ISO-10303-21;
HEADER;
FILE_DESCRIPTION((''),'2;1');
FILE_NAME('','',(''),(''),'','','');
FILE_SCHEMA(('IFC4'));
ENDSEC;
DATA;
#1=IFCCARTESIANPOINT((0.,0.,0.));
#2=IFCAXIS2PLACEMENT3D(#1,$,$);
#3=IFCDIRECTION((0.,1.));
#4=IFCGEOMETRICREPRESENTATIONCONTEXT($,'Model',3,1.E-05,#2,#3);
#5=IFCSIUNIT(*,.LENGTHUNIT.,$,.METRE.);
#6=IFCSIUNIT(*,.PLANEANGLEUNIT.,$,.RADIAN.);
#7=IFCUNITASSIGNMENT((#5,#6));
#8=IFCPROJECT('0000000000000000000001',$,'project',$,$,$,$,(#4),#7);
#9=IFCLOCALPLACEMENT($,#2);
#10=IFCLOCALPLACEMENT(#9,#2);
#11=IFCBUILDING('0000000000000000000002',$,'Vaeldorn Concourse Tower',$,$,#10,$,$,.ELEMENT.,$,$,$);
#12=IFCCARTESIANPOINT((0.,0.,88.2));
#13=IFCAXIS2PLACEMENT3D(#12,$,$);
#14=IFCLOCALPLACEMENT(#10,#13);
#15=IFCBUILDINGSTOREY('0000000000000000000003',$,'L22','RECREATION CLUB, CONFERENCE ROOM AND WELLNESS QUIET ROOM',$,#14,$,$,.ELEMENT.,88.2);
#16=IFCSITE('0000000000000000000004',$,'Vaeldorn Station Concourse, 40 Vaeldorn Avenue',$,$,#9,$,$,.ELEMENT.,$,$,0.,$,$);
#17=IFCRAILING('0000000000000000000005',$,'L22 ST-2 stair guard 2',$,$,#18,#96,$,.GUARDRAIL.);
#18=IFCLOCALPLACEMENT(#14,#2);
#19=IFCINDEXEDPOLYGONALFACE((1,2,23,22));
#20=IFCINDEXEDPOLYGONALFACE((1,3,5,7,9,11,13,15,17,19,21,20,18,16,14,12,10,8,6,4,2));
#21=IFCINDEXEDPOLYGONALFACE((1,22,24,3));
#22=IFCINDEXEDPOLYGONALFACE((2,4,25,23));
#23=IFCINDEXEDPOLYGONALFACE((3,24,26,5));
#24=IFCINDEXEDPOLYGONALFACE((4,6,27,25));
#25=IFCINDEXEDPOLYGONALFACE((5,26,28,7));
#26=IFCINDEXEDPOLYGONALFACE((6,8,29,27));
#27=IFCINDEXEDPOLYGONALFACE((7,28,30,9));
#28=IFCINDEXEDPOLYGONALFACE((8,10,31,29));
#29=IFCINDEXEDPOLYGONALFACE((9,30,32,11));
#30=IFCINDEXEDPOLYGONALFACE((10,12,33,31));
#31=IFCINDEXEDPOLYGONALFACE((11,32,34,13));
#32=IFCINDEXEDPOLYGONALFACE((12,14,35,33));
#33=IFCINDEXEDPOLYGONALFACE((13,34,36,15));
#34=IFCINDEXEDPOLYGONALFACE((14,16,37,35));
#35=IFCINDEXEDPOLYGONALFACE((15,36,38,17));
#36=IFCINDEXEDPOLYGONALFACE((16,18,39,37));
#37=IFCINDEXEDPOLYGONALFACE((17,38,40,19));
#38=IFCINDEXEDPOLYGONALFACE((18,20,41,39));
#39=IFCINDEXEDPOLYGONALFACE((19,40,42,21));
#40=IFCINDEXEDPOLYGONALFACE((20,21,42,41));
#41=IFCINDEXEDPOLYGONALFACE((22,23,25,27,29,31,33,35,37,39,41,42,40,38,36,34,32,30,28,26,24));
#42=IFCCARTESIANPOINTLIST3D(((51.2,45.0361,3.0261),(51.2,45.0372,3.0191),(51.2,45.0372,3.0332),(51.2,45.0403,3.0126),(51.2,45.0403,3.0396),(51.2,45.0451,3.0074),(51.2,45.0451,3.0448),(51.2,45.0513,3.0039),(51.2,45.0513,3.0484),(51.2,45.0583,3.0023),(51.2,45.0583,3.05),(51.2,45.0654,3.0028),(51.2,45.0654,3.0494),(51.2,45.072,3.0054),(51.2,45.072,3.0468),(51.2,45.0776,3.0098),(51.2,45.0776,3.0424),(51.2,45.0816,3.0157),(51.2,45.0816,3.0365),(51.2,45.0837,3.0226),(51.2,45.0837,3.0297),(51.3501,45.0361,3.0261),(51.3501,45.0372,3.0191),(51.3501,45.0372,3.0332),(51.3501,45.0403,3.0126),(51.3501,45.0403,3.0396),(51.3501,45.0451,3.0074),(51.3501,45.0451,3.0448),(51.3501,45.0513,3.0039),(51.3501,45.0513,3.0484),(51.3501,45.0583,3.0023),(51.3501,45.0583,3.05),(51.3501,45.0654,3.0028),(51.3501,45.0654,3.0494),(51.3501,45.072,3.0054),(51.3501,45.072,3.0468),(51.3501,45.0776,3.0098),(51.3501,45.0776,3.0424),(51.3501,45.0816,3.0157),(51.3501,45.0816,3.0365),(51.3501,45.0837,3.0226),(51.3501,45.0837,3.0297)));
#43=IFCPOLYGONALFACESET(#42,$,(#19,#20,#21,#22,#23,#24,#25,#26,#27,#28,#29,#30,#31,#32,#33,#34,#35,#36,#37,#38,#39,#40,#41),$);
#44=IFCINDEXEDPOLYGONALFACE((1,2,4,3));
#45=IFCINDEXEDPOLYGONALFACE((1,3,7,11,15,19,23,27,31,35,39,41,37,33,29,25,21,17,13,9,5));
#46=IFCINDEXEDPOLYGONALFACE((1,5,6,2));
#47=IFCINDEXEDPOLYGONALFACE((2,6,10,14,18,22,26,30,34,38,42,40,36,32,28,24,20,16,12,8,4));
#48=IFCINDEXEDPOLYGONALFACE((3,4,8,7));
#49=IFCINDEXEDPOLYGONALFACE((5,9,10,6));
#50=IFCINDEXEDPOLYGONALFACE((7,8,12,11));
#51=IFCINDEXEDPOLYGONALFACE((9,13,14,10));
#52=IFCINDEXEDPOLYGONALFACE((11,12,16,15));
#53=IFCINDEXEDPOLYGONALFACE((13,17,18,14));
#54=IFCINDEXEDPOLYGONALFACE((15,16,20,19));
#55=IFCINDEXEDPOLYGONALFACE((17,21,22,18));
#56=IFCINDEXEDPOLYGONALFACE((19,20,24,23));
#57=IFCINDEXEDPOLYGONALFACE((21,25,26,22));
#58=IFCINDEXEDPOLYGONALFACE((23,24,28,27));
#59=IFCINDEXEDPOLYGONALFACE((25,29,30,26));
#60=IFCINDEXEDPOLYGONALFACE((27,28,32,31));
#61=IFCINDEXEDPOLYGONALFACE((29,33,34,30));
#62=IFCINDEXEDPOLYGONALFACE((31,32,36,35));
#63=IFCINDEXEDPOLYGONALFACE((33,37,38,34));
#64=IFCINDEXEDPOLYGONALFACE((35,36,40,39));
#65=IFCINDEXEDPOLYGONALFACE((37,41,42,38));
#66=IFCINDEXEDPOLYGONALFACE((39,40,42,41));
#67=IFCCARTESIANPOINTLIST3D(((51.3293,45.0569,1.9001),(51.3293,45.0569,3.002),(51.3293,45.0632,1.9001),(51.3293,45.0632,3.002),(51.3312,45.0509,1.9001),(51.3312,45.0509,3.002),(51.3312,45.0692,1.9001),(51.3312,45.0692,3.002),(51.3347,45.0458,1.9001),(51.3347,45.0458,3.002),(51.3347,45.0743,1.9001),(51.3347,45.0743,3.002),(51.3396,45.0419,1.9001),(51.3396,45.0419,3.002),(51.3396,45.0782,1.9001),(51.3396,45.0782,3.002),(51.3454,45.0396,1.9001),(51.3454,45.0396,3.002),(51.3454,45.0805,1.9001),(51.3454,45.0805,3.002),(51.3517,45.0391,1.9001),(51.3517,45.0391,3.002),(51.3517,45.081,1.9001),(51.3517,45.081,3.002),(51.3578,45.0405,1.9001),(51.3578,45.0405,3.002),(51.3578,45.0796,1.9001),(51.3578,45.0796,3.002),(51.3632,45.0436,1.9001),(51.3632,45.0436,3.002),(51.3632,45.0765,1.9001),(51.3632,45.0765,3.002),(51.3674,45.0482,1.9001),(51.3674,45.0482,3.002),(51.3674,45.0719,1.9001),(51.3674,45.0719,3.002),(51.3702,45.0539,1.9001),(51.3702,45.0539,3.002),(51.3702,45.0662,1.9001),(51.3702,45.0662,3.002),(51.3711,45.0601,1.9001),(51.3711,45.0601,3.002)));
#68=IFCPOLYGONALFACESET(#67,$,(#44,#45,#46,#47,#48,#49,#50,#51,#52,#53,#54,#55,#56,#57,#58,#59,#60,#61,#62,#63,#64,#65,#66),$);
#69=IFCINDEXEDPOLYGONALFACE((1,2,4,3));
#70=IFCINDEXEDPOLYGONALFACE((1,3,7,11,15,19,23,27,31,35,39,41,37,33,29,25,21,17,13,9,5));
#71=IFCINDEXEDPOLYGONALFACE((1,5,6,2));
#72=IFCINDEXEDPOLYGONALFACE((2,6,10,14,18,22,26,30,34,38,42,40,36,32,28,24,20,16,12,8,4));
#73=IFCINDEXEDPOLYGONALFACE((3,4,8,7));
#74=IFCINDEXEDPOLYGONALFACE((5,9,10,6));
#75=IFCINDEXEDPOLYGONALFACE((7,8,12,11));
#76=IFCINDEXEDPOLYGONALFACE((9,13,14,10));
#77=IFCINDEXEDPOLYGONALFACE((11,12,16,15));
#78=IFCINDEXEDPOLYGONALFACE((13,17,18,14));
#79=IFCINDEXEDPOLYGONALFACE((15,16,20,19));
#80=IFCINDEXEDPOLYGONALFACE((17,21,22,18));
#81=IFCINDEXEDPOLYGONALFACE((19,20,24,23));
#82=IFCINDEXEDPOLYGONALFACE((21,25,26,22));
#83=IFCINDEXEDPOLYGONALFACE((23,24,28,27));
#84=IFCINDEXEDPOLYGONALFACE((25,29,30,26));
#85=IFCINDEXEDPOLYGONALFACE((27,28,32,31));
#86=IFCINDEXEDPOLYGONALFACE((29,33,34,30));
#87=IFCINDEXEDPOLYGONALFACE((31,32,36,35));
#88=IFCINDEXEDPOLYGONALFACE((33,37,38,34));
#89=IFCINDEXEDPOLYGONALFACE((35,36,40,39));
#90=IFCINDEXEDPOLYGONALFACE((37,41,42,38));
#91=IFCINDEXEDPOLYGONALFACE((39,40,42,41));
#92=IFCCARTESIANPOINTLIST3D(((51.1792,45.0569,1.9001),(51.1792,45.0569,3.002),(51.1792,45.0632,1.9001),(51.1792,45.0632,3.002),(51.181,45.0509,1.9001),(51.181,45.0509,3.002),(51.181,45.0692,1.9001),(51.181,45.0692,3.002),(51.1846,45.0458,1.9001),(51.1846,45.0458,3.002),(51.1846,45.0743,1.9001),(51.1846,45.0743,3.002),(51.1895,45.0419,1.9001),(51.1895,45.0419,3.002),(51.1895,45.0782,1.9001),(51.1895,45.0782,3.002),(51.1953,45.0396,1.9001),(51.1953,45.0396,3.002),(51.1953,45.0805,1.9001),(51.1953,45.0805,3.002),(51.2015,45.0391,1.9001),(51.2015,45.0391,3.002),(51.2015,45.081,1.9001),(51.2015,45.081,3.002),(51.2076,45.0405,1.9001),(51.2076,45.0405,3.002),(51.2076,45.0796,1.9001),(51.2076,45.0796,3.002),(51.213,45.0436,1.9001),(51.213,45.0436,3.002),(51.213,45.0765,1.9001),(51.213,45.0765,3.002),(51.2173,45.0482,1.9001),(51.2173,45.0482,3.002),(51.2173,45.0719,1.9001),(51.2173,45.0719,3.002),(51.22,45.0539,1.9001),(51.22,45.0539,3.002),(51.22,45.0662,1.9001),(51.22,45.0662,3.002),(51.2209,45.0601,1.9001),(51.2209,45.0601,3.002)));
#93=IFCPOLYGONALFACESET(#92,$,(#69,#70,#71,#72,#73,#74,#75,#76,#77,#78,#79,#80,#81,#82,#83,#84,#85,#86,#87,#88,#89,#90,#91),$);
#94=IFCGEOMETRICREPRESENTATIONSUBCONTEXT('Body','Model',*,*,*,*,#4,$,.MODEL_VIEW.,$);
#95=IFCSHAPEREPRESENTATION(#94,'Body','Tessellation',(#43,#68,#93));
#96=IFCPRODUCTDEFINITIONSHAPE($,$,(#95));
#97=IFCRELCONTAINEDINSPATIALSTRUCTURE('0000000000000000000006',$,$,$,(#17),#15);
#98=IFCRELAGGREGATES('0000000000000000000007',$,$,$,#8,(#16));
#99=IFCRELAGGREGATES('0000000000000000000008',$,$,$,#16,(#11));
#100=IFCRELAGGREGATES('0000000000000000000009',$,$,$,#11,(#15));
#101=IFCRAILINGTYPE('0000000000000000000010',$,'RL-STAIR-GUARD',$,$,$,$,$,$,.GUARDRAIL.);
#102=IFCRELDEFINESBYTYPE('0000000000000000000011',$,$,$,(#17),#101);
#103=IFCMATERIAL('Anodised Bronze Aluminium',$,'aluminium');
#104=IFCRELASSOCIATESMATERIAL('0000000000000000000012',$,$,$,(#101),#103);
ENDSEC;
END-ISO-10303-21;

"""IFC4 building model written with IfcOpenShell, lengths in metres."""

from ifc_helpers import new_model, si_unit, direction, frame, origin, origin_2d, place, context, subcontext, project, spatial, circle, extrude, material, type_object, element, save


model = new_model("IFC4")

# Units and contexts
model_context = context("Model", 3, precision=1e-05, world=origin(), true_north=direction((0.0, 1.0)))
body_context = subcontext(model_context, "Body", "Model", "MODEL_VIEW")
ifc_project = project(units=[si_unit("LENGTHUNIT", "METRE"), si_unit("PLANEANGLEUNIT", "RADIAN")], contexts=[model_context])

# Site, building, storey
site_placement = place(None, origin())
site = spatial("IfcSite", under=ifc_project, at=site_placement, Name="Vaeldorn Station Concourse, 40 Vaeldorn Avenue", CompositionType="ELEMENT", RefElevation=0.0)
building_placement = place(site_placement, origin())
building = spatial("IfcBuilding", under=site, at=building_placement, Name="Vaeldorn Concourse Tower", CompositionType="ELEMENT")
storey_placement = place(building_placement, frame((0.0, 0.0, 88.2)))
storey = spatial("IfcBuildingStorey", under=building, at=storey_placement, Name="L22", Description="RECREATION CLUB, CONFERENCE ROOM AND WELLNESS QUIET ROOM", CompositionType="ELEMENT", Elevation=88.2)

# Shared definitions
ifc_material_1 = material(Name="Anodised Bronze Aluminium", Category="aluminium")

# Railing
railing_type_1 = type_object("IfcRailingType", Name="RL-STAIR-GUARD", PredefinedType="GUARDRAIL", material=ifc_material_1)
railing_1_placement = place(storey_placement, frame((51.3501, 45.0601, 1.9001)))
element("IfcRailing", 1, at=railing_1_placement, inside=storey, type_object=railing_type_1, Name="L22 ST-2 stair guard 2", PredefinedType="GUARDRAIL", context=body_context, shape_type="SweptSolid", body=[
    extrude(circle(Radius=0.0239, at=origin_2d()), frame((0.0, 0.0, 1.126), z_axis=(-1.0, 0.0, 0.0), x_axis=(0.0, -1.0, 0.0)), (0.0, 0.0, 1.0), 0.1501),
    extrude(circle(Radius=0.021, at=origin_2d()), origin(), (0.0, 0.0, 1.0), 1.1018),
    extrude(circle(Radius=0.021, at=origin_2d()), frame((-0.1501, 0.0, 0.0)), (0.0, 0.0, 1.0), 1.1018),
])

save(model, "model.ifc")
